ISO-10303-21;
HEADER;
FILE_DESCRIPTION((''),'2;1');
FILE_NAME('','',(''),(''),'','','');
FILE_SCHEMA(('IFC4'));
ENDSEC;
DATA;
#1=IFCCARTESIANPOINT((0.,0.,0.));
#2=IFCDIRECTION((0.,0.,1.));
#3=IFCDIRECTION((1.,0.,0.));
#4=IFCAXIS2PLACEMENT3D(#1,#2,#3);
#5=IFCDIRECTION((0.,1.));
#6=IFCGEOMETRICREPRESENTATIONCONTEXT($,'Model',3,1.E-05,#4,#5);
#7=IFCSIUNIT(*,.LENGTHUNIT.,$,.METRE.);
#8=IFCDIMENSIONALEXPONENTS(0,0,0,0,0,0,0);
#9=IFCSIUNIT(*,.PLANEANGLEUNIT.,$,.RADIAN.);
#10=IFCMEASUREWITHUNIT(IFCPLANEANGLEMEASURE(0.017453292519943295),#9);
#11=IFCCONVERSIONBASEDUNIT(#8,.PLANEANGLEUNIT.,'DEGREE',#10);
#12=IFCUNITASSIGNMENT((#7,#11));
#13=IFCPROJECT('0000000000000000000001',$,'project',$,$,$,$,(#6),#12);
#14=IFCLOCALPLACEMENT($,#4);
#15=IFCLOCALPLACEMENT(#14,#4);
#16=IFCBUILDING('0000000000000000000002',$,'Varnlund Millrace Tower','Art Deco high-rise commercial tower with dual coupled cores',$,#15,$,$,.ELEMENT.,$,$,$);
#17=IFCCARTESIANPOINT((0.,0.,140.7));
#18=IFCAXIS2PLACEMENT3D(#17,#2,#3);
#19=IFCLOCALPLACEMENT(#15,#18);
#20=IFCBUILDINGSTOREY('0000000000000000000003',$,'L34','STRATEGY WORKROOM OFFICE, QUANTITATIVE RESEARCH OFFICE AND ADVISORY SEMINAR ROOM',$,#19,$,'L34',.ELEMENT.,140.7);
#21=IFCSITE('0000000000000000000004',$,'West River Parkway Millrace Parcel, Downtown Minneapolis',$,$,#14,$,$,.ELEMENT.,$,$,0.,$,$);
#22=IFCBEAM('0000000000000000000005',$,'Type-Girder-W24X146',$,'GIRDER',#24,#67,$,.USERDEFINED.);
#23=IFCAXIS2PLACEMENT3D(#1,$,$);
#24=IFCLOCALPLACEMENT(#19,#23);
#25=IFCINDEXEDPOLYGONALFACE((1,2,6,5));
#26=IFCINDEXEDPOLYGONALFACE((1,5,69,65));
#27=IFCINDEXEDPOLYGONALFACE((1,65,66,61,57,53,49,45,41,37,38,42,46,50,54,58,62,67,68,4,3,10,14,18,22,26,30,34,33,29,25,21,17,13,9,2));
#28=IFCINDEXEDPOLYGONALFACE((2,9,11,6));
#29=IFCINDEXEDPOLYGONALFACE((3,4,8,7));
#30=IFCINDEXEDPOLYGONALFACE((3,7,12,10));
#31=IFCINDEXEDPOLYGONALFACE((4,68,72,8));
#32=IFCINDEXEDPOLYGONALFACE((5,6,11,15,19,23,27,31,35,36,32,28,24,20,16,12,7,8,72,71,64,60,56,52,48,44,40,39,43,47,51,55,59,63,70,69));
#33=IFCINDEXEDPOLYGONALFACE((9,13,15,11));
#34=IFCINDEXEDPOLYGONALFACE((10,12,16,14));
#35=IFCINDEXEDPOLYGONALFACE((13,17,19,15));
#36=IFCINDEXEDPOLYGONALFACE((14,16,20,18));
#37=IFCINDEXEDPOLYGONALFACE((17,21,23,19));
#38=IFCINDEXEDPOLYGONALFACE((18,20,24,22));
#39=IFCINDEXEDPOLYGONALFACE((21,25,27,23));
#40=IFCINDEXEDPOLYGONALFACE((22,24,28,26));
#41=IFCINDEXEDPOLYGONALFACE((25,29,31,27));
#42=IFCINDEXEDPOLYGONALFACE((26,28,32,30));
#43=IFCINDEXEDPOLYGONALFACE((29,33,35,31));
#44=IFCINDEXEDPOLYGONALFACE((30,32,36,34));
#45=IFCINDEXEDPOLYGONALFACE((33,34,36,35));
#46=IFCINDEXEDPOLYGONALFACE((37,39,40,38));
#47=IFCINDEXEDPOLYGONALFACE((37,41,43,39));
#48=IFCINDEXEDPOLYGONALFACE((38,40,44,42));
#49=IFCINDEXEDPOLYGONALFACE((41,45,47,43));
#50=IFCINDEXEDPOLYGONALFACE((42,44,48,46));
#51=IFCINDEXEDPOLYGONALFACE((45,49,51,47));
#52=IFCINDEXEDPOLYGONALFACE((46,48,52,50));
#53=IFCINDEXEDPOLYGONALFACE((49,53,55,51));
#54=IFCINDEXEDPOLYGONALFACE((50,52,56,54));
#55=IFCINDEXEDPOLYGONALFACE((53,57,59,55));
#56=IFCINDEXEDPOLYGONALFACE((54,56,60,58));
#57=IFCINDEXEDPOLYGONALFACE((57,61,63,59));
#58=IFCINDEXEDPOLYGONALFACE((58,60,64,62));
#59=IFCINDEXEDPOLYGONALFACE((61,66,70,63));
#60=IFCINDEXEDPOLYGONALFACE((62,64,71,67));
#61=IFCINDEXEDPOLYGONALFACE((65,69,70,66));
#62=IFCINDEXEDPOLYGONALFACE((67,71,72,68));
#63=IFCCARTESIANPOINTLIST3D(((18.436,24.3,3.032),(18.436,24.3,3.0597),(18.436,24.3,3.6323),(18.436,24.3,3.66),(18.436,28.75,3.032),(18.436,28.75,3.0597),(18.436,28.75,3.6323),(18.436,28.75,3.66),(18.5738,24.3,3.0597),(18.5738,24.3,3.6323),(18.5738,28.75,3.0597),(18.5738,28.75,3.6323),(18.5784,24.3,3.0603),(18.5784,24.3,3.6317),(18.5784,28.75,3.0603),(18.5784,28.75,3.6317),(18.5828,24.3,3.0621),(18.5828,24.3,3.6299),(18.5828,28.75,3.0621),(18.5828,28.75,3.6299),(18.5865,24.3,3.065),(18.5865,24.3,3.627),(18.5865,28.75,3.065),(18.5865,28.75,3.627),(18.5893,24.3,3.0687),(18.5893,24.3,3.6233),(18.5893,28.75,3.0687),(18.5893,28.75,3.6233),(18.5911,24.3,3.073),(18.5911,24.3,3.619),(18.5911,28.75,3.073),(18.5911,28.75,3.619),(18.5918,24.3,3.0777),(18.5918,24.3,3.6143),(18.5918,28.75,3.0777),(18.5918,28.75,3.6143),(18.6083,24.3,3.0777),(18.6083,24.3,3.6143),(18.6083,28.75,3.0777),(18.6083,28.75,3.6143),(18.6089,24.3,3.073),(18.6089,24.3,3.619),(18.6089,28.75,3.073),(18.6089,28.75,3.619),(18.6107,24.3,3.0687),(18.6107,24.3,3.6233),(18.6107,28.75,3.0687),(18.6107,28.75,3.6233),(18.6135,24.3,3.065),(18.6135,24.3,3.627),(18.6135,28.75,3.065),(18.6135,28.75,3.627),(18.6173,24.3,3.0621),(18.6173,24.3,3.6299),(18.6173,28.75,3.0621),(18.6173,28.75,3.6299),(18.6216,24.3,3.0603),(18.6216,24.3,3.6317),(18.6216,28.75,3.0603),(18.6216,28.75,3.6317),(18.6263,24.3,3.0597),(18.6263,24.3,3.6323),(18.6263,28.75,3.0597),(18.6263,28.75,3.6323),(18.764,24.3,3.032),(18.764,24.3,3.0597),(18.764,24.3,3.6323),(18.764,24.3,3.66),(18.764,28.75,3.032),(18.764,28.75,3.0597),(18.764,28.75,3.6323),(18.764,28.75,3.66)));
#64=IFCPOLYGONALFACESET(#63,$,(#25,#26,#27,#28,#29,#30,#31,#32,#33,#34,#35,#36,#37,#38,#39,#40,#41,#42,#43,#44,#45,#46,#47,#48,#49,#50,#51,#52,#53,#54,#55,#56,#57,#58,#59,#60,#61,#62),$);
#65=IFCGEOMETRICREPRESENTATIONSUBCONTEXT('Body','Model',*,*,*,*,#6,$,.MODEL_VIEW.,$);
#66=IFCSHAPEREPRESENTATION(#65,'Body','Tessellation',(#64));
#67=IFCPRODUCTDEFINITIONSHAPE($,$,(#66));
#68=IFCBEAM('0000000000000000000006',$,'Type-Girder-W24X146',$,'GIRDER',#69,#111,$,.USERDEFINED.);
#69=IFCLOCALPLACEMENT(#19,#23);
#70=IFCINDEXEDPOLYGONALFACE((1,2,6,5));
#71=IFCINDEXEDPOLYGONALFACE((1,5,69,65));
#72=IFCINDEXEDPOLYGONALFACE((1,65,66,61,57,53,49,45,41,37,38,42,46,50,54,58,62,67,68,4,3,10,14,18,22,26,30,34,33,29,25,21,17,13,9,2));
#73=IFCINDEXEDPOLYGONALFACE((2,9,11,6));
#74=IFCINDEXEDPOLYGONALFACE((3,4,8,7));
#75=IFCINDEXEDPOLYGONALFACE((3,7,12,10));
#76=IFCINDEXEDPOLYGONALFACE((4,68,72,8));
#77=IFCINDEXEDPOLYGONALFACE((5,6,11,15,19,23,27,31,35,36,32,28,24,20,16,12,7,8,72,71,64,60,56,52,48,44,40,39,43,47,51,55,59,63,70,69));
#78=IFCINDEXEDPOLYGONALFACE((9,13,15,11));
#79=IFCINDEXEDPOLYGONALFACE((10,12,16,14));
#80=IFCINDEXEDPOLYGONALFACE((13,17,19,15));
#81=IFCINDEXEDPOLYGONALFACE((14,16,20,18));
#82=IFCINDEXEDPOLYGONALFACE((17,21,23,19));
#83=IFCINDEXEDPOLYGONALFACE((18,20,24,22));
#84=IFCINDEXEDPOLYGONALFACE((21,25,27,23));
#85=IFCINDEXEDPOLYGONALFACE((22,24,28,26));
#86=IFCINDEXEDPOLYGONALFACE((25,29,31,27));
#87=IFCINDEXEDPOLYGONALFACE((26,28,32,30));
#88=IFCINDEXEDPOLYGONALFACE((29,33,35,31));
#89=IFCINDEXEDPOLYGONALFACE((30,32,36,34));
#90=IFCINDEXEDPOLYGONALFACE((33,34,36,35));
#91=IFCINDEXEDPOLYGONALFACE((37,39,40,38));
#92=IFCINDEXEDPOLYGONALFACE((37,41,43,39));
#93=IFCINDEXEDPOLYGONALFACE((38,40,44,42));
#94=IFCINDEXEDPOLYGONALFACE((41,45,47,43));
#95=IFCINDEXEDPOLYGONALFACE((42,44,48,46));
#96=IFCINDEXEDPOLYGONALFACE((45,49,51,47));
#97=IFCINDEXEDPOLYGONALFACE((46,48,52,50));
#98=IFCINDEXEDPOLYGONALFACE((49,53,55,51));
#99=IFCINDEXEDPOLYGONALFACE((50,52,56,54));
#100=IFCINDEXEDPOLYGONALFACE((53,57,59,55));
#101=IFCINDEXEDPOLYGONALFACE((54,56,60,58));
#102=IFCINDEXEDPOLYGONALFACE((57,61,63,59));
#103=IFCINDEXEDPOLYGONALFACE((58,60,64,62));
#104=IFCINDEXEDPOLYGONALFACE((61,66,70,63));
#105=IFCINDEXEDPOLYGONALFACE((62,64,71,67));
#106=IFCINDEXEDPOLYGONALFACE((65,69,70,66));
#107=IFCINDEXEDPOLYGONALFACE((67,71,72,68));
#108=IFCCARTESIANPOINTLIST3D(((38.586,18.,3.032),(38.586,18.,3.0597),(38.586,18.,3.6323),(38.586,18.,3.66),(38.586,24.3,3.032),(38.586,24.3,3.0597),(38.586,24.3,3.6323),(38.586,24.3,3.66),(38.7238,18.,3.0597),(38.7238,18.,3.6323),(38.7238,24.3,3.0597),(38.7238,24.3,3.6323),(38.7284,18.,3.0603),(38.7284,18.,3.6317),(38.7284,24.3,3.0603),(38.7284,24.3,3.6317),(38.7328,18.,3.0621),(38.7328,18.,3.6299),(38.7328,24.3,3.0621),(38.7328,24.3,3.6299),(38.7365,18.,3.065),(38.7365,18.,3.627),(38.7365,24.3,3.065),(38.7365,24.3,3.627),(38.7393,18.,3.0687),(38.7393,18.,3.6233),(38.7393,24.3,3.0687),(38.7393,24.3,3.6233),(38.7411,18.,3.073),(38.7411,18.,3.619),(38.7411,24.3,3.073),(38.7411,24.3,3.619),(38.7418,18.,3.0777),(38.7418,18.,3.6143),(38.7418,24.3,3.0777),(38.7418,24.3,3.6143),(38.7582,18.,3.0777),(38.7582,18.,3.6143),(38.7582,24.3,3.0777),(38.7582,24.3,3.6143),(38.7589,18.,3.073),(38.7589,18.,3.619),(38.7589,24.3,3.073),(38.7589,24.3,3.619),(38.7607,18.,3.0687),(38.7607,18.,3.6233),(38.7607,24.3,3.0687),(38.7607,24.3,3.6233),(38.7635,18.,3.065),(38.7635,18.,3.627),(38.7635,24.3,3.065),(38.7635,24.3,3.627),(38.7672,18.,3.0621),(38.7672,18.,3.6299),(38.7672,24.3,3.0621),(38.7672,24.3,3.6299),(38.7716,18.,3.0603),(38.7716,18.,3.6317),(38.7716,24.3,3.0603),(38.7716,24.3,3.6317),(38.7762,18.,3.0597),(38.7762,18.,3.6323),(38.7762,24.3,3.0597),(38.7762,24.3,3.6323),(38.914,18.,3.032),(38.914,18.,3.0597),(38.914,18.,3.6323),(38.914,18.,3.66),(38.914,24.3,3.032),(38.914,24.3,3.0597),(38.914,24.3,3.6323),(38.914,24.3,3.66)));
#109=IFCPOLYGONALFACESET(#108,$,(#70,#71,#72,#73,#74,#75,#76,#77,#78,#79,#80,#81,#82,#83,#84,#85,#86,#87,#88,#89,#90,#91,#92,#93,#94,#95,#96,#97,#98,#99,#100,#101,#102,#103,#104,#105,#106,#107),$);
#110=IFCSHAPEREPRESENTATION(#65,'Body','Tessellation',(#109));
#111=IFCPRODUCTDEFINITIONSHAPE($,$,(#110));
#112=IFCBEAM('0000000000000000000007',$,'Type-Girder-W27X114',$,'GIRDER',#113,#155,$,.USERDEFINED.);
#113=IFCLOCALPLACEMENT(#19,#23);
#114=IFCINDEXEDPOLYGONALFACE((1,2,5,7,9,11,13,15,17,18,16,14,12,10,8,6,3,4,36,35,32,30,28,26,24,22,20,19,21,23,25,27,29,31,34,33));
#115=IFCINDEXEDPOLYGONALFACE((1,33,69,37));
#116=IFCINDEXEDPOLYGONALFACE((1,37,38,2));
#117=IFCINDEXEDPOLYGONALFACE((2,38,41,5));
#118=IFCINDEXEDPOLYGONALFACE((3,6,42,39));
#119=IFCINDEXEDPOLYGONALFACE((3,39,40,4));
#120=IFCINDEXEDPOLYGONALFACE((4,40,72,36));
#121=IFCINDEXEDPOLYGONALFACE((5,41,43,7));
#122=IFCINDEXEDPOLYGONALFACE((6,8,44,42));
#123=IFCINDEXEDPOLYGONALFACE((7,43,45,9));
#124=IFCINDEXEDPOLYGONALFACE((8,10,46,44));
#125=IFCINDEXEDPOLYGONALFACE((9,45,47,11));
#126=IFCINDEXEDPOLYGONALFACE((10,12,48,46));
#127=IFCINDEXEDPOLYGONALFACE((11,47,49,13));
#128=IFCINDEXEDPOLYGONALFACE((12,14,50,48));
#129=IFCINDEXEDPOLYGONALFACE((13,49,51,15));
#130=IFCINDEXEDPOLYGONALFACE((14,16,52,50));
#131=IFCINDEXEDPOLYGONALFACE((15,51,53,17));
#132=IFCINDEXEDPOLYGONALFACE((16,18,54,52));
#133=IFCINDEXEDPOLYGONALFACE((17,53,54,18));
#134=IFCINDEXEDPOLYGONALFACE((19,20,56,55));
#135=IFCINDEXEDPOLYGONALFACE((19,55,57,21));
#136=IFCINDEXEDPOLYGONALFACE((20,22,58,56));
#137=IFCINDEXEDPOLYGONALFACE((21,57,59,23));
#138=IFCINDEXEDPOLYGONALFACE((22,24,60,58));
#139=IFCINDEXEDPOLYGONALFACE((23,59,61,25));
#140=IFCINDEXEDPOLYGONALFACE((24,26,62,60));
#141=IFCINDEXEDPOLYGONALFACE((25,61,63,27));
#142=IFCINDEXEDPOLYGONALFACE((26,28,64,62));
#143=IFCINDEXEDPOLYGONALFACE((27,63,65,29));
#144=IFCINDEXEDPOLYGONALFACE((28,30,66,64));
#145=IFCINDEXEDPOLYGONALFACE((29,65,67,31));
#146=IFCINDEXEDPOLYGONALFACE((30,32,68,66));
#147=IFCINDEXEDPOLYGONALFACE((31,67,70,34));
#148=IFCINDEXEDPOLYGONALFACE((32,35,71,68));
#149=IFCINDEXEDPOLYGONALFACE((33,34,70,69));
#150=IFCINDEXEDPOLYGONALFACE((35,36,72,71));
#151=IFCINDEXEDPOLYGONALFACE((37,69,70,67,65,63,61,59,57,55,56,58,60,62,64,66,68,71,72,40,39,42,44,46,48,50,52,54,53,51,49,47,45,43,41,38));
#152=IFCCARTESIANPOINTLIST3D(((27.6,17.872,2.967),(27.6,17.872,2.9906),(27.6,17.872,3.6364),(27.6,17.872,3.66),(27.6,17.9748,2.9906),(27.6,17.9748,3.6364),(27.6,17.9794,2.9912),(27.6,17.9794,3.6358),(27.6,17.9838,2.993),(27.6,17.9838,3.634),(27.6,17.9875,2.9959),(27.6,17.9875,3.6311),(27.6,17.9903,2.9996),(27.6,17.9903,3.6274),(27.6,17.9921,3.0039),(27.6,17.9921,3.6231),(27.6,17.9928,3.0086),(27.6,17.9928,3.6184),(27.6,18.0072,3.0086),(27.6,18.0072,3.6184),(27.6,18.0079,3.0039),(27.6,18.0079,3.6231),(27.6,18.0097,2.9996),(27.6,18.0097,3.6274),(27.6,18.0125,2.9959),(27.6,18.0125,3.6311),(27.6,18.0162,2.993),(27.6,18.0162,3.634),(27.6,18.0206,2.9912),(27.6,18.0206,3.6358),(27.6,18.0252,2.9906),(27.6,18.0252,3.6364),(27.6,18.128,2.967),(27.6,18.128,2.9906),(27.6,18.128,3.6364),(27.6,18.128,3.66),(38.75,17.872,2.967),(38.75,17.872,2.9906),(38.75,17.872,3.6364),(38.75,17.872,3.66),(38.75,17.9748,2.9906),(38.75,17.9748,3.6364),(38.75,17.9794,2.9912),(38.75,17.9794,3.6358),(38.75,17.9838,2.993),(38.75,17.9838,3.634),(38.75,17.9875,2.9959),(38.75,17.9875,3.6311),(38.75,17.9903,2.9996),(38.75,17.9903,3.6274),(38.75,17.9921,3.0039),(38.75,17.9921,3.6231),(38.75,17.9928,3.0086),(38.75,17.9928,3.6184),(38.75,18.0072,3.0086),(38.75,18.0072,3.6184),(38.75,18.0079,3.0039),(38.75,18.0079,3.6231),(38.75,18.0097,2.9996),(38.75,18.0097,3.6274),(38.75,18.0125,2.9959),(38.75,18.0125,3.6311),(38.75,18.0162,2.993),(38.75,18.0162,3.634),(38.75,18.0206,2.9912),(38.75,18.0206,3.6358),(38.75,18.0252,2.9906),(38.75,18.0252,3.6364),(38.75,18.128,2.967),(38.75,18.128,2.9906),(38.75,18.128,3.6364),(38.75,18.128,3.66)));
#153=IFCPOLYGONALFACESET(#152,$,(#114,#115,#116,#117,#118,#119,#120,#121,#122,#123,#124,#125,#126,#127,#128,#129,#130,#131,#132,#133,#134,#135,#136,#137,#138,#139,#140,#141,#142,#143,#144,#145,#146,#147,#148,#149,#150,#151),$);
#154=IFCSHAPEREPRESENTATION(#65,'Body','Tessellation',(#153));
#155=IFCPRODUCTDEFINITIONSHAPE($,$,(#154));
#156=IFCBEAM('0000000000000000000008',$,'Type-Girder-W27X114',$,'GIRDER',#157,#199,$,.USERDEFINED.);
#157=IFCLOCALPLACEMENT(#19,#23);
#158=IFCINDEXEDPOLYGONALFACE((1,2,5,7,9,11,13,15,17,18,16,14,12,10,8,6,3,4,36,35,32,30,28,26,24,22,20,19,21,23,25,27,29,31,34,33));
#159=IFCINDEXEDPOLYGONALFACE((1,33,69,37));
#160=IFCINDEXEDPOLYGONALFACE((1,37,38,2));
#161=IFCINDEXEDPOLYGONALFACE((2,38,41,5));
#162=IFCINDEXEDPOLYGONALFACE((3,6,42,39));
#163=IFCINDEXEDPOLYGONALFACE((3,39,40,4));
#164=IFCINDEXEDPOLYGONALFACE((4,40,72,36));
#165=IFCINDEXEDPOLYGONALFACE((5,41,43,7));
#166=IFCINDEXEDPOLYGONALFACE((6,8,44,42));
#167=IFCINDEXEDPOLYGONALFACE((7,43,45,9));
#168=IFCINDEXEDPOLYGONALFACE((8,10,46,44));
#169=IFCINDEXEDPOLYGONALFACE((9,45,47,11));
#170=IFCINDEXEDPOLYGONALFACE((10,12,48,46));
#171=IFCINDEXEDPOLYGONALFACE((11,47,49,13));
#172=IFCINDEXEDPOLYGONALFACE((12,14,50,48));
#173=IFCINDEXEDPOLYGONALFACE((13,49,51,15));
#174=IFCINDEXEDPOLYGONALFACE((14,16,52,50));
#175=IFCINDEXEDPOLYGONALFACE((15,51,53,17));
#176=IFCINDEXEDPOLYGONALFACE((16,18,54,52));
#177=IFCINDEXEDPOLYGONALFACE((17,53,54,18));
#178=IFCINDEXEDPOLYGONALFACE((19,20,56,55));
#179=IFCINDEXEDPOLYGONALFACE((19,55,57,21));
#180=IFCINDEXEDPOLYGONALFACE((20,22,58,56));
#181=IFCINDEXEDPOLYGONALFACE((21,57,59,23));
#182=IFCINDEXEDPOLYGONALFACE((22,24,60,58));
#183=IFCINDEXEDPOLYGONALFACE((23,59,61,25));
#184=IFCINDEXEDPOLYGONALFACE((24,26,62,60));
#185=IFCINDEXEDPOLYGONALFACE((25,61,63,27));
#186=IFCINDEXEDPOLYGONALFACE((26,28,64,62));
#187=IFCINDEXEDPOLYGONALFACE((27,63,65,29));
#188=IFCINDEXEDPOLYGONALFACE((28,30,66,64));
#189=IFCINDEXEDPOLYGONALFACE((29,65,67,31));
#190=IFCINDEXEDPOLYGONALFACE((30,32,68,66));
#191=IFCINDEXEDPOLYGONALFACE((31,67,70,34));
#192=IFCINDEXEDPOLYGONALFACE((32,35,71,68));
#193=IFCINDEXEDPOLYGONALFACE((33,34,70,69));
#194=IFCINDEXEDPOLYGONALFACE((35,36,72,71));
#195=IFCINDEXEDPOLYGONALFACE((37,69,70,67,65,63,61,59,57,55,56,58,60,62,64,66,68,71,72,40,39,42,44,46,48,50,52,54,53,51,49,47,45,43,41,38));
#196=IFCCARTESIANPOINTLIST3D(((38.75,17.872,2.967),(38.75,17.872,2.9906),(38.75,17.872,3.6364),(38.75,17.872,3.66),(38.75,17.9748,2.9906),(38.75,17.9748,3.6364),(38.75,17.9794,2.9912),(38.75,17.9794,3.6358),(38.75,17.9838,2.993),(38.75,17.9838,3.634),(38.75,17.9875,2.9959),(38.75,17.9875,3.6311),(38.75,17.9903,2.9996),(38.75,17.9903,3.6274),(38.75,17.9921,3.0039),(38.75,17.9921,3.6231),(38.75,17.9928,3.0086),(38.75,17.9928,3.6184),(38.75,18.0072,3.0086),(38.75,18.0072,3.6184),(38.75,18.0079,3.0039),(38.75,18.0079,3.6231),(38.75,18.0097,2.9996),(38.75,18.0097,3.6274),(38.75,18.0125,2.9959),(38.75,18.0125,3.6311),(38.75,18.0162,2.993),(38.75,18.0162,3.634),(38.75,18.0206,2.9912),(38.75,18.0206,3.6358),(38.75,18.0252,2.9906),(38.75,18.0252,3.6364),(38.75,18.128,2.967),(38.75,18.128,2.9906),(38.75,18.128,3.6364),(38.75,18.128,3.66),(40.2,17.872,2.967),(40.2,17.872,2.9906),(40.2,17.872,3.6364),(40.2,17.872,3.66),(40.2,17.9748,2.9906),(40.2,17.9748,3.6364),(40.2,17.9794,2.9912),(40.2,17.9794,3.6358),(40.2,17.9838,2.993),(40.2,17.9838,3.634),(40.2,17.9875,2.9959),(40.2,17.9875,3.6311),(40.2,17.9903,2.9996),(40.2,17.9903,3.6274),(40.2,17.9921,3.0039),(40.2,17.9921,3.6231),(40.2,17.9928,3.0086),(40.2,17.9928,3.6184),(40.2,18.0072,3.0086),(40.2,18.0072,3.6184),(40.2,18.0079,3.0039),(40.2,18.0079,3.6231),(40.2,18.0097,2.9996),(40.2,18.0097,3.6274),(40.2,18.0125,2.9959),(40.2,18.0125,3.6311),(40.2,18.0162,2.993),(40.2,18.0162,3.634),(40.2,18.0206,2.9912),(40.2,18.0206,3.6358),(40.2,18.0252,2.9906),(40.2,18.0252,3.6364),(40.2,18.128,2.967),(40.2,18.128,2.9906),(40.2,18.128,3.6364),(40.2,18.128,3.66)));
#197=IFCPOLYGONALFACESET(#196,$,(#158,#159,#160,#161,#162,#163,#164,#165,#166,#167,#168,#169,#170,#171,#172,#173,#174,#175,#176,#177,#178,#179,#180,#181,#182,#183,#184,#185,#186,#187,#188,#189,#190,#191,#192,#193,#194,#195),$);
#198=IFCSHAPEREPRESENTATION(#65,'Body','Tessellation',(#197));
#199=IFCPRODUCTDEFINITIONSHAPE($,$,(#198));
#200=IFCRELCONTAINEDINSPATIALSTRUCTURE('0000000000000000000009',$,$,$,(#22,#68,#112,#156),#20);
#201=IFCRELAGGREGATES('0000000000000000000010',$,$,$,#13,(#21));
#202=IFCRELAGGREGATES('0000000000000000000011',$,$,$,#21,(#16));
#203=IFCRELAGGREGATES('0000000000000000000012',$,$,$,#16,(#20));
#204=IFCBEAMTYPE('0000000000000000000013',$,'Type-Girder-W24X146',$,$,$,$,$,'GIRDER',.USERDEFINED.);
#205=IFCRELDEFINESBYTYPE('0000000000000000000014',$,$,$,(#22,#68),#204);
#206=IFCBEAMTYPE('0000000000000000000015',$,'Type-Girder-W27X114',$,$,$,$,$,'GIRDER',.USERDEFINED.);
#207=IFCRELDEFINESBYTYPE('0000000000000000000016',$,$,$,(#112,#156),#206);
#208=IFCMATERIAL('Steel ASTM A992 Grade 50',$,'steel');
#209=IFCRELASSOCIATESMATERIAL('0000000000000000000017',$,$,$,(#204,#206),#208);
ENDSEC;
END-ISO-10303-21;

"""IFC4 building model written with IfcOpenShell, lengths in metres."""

from ifc_helpers import new_model, entity, si_unit, converted_unit, direction, frame, origin_with_axes, origin_2d_with_axis, place, context, subcontext, project, spatial, i_section, extrude, material, material_profile, profile_set, type_object, element, save


model = new_model("IFC4")

# Units and contexts
model_context = context("Model", 3, precision=1e-05, world=origin_with_axes(), true_north=direction((0.0, 1.0)))
body_context = subcontext(model_context, "Body", "Model", "MODEL_VIEW")
ifc_project = project(units=[si_unit("LENGTHUNIT", "METRE"), converted_unit("PLANEANGLEUNIT", "DEGREE", entity("IfcPlaneAngleMeasure", 0.017453292519943295), si_unit("PLANEANGLEUNIT", "RADIAN"), dimensions=[0, 0, 0, 0, 0, 0, 0])], contexts=[model_context])

# Site, building, storey
site_placement = place(None, origin_with_axes())
site = spatial("IfcSite", under=ifc_project, at=site_placement, Name="West River Parkway Millrace Parcel, Downtown Minneapolis", CompositionType="ELEMENT", RefElevation=0.0)
building_placement = place(site_placement, origin_with_axes())
building = spatial("IfcBuilding", under=site, at=building_placement, Name="Varnlund Millrace Tower", Description="Art Deco high-rise commercial tower with dual coupled cores", CompositionType="ELEMENT")
storey_placement = place(building_placement, frame((0.0, 0.0, 140.7), z_axis=(0.0, 0.0, 1.0), x_axis=(1.0, 0.0, 0.0)))
storey = spatial("IfcBuildingStorey", under=building, at=storey_placement, Name="L34", Description="STRATEGY WORKROOM OFFICE, QUANTITATIVE RESEARCH OFFICE AND ADVISORY SEMINAR ROOM", LongName="L34", CompositionType="ELEMENT", Elevation=140.7)

# Beams
ifc_material_1 = material(Name="Steel ASTM A992 Grade 50", Category="steel")
ifc_material_profile_1 = material_profile(ifc_material_1, i_section(OverallWidth=0.328, OverallDepth=0.628, WebThickness=0.0165, FlangeThickness=0.0277, FilletRadius=0.018, at=origin_2d_with_axis()), Name="Steel ASTM A992 Grade 50")
ifc_profile_set_1 = profile_set([ifc_material_profile_1], Name="Steel ASTM A992 Grade 50")
beam_type_1 = type_object("IfcBeamType", Name="Type-Girder-W24X146", ElementType="GIRDER", PredefinedType="USERDEFINED", material=ifc_profile_set_1)
beam_1_placement = place(storey_placement, frame((18.6, 24.3, 3.346), z_axis=(0.0, 1.0, 0.0), x_axis=(-1.0, 0.0, 0.0)))
element("IfcBeam", 1, at=beam_1_placement, inside=storey, type_object=beam_type_1, Name="Type-Girder-W24X146", ObjectType="GIRDER", PredefinedType="USERDEFINED", context=body_context, shape_type="SweptSolid", body=[
    extrude(i_section(OverallWidth=0.328, OverallDepth=0.628, WebThickness=0.0165, FlangeThickness=0.0277, FilletRadius=0.018, at=origin_2d_with_axis()), origin_with_axes(), (0.0, 0.0, 1.0), 4.45),
])
beam_2_placement = place(storey_placement, frame((38.75, 18.0, 3.346), z_axis=(0.0, 1.0, 0.0), x_axis=(-1.0, 0.0, 0.0)))
element("IfcBeam", 2, at=beam_2_placement, inside=storey, type_object=beam_type_1, Name="Type-Girder-W24X146", ObjectType="GIRDER", PredefinedType="USERDEFINED", context=body_context, shape_type="SweptSolid", body=[
    extrude(i_section(OverallWidth=0.328, OverallDepth=0.628, WebThickness=0.0165, FlangeThickness=0.0277, FilletRadius=0.018, at=origin_2d_with_axis()), origin_with_axes(), (0.0, 0.0, 1.0), 6.3),
])
ifc_material_profile_2 = material_profile(ifc_material_1, i_section(OverallWidth=0.256, OverallDepth=0.693, WebThickness=0.0145, FlangeThickness=0.0236, FilletRadius=0.018, at=origin_2d_with_axis()), Name="Steel ASTM A992 Grade 50")
ifc_profile_set_2 = profile_set([ifc_material_profile_2], Name="Steel ASTM A992 Grade 50")
beam_type_2 = type_object("IfcBeamType", Name="Type-Girder-W27X114", ElementType="GIRDER", PredefinedType="USERDEFINED", material=ifc_profile_set_2)
beam_3_placement = place(storey_placement, frame((27.6, 18.0, 3.3135), z_axis=(1.0, 0.0, 0.0), x_axis=(0.0, 1.0, 0.0)))
element("IfcBeam", 3, at=beam_3_placement, inside=storey, type_object=beam_type_2, Name="Type-Girder-W27X114", ObjectType="GIRDER", PredefinedType="USERDEFINED", context=body_context, shape_type="SweptSolid", body=[
    extrude(i_section(OverallWidth=0.256, OverallDepth=0.693, WebThickness=0.0145, FlangeThickness=0.0236, FilletRadius=0.018, at=origin_2d_with_axis()), origin_with_axes(), (0.0, 0.0, 1.0), 11.15),
])
beam_4_placement = place(storey_placement, frame((38.75, 18.0, 3.3135), z_axis=(1.0, 0.0, 0.0), x_axis=(0.0, 1.0, 0.0)))
element("IfcBeam", 4, at=beam_4_placement, inside=storey, type_object=beam_type_2, Name="Type-Girder-W27X114", ObjectType="GIRDER", PredefinedType="USERDEFINED", context=body_context, shape_type="SweptSolid", body=[
    extrude(i_section(OverallWidth=0.256, OverallDepth=0.693, WebThickness=0.0145, FlangeThickness=0.0236, FilletRadius=0.018, at=origin_2d_with_axis()), origin_with_axes(), (0.0, 0.0, 1.0), 1.45),
])

save(model, "model.ifc")
